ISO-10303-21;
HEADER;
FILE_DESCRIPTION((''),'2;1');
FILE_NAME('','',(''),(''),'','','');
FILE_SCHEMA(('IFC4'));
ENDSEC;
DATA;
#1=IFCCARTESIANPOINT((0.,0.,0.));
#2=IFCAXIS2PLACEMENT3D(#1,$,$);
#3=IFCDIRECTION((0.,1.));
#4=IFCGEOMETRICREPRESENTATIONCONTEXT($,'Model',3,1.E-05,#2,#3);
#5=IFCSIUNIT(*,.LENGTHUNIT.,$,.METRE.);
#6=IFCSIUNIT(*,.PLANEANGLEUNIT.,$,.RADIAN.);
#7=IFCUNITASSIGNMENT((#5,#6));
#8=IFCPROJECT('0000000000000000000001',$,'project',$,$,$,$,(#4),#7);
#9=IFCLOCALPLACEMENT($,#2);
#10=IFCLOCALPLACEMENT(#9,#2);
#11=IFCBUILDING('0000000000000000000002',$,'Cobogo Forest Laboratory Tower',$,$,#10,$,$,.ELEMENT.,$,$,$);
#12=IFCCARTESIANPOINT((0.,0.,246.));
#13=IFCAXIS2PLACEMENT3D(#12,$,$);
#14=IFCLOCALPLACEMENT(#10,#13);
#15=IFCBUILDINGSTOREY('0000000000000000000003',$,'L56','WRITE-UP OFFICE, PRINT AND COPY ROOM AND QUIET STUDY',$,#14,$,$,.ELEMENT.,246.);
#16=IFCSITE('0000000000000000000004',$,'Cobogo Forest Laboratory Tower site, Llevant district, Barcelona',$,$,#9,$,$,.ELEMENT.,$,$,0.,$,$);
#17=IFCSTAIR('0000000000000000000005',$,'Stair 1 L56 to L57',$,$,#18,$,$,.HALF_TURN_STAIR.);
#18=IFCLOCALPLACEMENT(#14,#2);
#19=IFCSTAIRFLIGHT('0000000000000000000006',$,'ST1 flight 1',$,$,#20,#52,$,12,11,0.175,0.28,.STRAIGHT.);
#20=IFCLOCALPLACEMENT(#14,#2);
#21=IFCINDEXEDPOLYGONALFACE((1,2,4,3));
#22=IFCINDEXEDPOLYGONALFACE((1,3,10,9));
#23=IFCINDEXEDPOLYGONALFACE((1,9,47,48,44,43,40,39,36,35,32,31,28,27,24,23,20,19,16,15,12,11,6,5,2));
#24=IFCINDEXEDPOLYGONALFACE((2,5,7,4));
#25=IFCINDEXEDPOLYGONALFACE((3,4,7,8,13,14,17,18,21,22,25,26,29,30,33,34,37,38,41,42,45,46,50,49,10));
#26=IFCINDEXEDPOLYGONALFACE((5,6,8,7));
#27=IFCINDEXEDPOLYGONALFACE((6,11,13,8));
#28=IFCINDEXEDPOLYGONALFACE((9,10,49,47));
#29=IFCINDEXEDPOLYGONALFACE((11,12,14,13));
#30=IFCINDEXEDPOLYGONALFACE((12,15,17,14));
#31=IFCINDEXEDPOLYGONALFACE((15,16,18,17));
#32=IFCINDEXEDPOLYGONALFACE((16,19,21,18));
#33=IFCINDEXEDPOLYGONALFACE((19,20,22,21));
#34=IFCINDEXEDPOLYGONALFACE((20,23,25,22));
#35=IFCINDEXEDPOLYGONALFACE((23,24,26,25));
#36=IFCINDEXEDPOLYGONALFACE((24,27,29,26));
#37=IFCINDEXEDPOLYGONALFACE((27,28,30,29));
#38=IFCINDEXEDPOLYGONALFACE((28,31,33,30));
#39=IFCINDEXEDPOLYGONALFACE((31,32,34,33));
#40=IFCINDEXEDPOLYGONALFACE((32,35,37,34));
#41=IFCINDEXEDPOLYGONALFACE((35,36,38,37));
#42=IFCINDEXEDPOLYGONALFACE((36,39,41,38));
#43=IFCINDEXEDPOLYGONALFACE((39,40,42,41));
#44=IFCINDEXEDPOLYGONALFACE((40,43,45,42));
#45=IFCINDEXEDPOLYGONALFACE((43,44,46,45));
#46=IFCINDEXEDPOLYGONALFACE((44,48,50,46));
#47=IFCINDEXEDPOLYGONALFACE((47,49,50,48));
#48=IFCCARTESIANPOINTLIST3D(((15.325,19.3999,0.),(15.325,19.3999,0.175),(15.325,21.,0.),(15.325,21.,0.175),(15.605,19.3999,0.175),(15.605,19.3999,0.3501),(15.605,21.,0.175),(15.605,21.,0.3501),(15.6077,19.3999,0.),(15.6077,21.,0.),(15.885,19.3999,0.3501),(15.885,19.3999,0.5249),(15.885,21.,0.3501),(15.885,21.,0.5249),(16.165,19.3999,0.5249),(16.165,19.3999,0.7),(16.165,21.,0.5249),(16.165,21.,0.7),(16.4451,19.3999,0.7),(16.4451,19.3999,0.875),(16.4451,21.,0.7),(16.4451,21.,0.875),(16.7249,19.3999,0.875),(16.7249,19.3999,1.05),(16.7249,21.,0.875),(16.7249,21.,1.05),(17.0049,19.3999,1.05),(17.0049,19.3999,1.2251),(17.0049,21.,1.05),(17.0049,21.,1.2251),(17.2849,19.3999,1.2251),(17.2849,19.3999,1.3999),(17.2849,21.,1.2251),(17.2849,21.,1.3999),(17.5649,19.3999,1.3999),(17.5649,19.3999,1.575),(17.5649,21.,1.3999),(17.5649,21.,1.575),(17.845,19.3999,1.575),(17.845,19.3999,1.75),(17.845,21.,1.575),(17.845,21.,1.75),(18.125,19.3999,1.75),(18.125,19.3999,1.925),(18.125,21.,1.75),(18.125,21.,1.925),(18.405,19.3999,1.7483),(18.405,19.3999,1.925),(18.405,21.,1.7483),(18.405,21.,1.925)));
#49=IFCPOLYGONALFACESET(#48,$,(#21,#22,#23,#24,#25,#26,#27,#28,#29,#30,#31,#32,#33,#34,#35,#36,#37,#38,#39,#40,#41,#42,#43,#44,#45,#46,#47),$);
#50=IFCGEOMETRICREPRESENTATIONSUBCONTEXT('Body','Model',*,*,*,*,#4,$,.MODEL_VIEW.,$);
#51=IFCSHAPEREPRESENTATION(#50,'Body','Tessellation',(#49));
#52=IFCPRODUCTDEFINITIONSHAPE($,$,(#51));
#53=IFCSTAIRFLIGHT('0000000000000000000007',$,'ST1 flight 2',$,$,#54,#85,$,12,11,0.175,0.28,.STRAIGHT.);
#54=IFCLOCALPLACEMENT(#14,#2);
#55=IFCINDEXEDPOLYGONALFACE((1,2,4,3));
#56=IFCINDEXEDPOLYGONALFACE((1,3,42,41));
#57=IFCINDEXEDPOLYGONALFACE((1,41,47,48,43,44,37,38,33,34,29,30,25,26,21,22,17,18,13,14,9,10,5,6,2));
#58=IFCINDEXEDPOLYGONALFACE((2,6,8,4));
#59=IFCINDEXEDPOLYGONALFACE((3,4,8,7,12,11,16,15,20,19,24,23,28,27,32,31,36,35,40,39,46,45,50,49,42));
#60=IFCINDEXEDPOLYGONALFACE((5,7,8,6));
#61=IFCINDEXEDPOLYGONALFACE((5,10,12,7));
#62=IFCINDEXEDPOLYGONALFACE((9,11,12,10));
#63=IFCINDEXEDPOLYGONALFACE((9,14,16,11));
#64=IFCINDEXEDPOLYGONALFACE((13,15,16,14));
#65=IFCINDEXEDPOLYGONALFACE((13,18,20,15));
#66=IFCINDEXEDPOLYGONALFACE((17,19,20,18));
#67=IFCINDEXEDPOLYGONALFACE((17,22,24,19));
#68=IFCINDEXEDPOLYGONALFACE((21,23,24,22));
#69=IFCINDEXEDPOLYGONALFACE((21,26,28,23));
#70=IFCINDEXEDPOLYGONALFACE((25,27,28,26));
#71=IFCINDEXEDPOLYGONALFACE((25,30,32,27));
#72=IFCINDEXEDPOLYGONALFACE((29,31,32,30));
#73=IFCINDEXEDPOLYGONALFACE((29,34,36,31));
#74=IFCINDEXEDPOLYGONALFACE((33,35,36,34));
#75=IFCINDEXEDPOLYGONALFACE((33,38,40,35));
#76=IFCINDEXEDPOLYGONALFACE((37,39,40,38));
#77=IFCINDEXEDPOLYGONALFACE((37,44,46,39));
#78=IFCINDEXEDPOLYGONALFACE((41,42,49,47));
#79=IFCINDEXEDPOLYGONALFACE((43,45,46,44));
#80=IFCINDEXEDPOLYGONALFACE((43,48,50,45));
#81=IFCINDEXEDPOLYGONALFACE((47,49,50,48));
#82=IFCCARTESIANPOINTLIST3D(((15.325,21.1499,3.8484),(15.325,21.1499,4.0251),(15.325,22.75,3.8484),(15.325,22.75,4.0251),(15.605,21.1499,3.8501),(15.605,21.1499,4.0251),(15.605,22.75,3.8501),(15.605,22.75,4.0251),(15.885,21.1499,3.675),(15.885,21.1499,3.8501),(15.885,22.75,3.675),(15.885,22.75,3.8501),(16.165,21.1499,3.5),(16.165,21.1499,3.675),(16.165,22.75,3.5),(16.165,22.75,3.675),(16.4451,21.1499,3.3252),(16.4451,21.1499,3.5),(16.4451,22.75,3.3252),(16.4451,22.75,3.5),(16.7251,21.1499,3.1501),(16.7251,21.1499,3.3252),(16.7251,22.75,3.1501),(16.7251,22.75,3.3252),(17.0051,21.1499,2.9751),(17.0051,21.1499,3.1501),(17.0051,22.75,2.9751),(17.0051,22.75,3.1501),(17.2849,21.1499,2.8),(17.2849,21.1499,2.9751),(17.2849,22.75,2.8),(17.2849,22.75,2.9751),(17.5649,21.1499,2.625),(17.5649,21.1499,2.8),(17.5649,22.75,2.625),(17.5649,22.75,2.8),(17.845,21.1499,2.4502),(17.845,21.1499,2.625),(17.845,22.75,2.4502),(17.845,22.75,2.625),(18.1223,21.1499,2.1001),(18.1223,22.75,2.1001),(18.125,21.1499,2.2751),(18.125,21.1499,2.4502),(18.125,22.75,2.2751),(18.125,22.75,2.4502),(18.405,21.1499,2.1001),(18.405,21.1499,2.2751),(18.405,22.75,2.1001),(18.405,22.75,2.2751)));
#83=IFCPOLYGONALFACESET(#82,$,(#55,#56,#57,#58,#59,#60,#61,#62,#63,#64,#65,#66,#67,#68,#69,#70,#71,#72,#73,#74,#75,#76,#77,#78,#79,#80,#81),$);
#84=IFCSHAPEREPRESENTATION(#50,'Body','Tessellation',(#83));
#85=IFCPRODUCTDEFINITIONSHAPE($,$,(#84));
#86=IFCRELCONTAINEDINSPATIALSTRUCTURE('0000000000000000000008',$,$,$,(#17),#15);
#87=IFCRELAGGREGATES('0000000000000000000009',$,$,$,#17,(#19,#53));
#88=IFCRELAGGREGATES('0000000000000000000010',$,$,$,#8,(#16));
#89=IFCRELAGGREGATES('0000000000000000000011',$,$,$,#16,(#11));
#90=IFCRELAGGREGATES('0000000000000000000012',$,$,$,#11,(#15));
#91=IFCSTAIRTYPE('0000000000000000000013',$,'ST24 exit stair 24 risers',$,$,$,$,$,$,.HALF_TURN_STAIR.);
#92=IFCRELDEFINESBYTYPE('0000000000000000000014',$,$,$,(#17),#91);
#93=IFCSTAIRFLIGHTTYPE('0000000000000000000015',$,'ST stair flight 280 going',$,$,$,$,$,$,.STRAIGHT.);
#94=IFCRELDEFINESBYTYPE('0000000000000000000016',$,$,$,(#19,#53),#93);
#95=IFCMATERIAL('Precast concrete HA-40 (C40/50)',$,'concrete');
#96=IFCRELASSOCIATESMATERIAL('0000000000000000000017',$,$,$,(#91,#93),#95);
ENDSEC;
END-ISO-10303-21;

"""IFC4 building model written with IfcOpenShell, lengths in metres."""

from ifc_helpers import new_model, si_unit, direction, frame, origin, place, context, subcontext, project, spatial, polyline, outline, extrude, material, type_object, element, aggregate, save


model = new_model("IFC4")

# Units and contexts
model_context = context("Model", 3, precision=1e-05, world=origin(), true_north=direction((0.0, 1.0)))
body_context = subcontext(model_context, "Body", "Model", "MODEL_VIEW")
ifc_project = project(units=[si_unit("LENGTHUNIT", "METRE"), si_unit("PLANEANGLEUNIT", "RADIAN")], contexts=[model_context])

# Site, building, storey
site_placement = place(None, origin())
site = spatial("IfcSite", under=ifc_project, at=site_placement, Name="Cobogo Forest Laboratory Tower site, Llevant district, Barcelona", CompositionType="ELEMENT", RefElevation=0.0)
building_placement = place(site_placement, origin())
building = spatial("IfcBuilding", under=site, at=building_placement, Name="Cobogo Forest Laboratory Tower", CompositionType="ELEMENT")
storey_placement = place(building_placement, frame((0.0, 0.0, 246.0)))
storey = spatial("IfcBuildingStorey", under=building, at=storey_placement, Name="L56", Description="WRITE-UP OFFICE, PRINT AND COPY ROOM AND QUIET STUDY", CompositionType="ELEMENT", Elevation=246.0)

# Stair, stair flights
ifc_material_1 = material(Name="Precast concrete HA-40 (C40/50)", Category="concrete")
stair_type = type_object("IfcStairType", Name="ST24 exit stair 24 risers", PredefinedType="HALF_TURN_STAIR", material=ifc_material_1)
stair_placement = place(storey_placement, origin())
stair = element("IfcStair", 1, at=stair_placement, inside=storey, type_object=stair_type, Name="Stair 1 L56 to L57", PredefinedType="HALF_TURN_STAIR")
stair_flight_type = type_object("IfcStairFlightType", Name="ST stair flight 280 going", PredefinedType="STRAIGHT", material=ifc_material_1)
stair_flight_1_placement = place(storey_placement, frame((15.325, 20.2, 0.0), z_axis=(0.0, 0.0, 1.0), x_axis=(1.0, 0.0, 0.0)))
stair_flight_1 = element("IfcStairFlight", 2, at=stair_flight_1_placement, type_object=stair_flight_type, Name="ST1 flight 1", NumberOfRisers=12, NumberOfTreads=11, PredefinedType="STRAIGHT", RiserHeight=0.175, TreadLength=0.28, context=body_context, shape_type="SweptSolid", body=[
    extrude(outline(polyline([(0.0, 0.0), (0.0, 0.175), (0.28, 0.175), (0.28, 0.3501), (0.5601, 0.3501), (0.5601, 0.5249), (0.8401, 0.5249), (0.8401, 0.7), (1.1201, 0.7), (1.1201, 0.875), (1.3999, 0.875), (1.3999, 1.05), (1.6799, 1.05), (1.6799, 1.2251), (1.96, 1.2251), (1.96, 1.3999), (2.24, 1.3999), (2.24, 1.575), (2.52, 1.575), (2.52, 1.75), (2.8, 1.75), (2.8, 1.925), (3.0801, 1.925), (3.0801, 2.1001), (3.0801, 1.7483), (0.2827, 0.0), (0.0, 0.0)])), frame((0.0, 0.8, 0.0), z_axis=(0.0, -1.0, 0.0), x_axis=(1.0, 0.0, 0.0)), (0.0, 0.0, 1.0), 1.6001),
])
stair_flight_2_placement = place(storey_placement, frame((18.405, 21.95, 2.1001), z_axis=(0.0, 0.0, 1.0), x_axis=(-1.0, 0.0, 0.0)))
stair_flight_2 = element("IfcStairFlight", 3, at=stair_flight_2_placement, type_object=stair_flight_type, Name="ST1 flight 2", NumberOfRisers=12, NumberOfTreads=11, PredefinedType="STRAIGHT", RiserHeight=0.175, TreadLength=0.28, context=body_context, shape_type="SweptSolid", body=[
    extrude(outline(polyline([(0.0, 0.0), (0.0, 0.175), (0.28, 0.175), (0.28, 0.3501), (0.5601, 0.3501), (0.5601, 0.5249), (0.8401, 0.5249), (0.8401, 0.7), (1.1201, 0.7), (1.1201, 0.875), (1.3999, 0.875), (1.3999, 1.05), (1.6799, 1.05), (1.6799, 1.2251), (1.96, 1.2251), (1.96, 1.3999), (2.24, 1.3999), (2.24, 1.575), (2.52, 1.575), (2.52, 1.75), (2.8, 1.75), (2.8, 1.925), (3.0801, 1.925), (3.0801, 2.1001), (3.0801, 1.7483), (0.2827, 0.0), (0.0, 0.0)])), frame((0.0, 0.8, 0.0), z_axis=(0.0, -1.0, 0.0), x_axis=(1.0, 0.0, 0.0)), (0.0, 0.0, 1.0), 1.6001),
])
aggregate(stair, [stair_flight_1, stair_flight_2])

save(model, "model.ifc")
